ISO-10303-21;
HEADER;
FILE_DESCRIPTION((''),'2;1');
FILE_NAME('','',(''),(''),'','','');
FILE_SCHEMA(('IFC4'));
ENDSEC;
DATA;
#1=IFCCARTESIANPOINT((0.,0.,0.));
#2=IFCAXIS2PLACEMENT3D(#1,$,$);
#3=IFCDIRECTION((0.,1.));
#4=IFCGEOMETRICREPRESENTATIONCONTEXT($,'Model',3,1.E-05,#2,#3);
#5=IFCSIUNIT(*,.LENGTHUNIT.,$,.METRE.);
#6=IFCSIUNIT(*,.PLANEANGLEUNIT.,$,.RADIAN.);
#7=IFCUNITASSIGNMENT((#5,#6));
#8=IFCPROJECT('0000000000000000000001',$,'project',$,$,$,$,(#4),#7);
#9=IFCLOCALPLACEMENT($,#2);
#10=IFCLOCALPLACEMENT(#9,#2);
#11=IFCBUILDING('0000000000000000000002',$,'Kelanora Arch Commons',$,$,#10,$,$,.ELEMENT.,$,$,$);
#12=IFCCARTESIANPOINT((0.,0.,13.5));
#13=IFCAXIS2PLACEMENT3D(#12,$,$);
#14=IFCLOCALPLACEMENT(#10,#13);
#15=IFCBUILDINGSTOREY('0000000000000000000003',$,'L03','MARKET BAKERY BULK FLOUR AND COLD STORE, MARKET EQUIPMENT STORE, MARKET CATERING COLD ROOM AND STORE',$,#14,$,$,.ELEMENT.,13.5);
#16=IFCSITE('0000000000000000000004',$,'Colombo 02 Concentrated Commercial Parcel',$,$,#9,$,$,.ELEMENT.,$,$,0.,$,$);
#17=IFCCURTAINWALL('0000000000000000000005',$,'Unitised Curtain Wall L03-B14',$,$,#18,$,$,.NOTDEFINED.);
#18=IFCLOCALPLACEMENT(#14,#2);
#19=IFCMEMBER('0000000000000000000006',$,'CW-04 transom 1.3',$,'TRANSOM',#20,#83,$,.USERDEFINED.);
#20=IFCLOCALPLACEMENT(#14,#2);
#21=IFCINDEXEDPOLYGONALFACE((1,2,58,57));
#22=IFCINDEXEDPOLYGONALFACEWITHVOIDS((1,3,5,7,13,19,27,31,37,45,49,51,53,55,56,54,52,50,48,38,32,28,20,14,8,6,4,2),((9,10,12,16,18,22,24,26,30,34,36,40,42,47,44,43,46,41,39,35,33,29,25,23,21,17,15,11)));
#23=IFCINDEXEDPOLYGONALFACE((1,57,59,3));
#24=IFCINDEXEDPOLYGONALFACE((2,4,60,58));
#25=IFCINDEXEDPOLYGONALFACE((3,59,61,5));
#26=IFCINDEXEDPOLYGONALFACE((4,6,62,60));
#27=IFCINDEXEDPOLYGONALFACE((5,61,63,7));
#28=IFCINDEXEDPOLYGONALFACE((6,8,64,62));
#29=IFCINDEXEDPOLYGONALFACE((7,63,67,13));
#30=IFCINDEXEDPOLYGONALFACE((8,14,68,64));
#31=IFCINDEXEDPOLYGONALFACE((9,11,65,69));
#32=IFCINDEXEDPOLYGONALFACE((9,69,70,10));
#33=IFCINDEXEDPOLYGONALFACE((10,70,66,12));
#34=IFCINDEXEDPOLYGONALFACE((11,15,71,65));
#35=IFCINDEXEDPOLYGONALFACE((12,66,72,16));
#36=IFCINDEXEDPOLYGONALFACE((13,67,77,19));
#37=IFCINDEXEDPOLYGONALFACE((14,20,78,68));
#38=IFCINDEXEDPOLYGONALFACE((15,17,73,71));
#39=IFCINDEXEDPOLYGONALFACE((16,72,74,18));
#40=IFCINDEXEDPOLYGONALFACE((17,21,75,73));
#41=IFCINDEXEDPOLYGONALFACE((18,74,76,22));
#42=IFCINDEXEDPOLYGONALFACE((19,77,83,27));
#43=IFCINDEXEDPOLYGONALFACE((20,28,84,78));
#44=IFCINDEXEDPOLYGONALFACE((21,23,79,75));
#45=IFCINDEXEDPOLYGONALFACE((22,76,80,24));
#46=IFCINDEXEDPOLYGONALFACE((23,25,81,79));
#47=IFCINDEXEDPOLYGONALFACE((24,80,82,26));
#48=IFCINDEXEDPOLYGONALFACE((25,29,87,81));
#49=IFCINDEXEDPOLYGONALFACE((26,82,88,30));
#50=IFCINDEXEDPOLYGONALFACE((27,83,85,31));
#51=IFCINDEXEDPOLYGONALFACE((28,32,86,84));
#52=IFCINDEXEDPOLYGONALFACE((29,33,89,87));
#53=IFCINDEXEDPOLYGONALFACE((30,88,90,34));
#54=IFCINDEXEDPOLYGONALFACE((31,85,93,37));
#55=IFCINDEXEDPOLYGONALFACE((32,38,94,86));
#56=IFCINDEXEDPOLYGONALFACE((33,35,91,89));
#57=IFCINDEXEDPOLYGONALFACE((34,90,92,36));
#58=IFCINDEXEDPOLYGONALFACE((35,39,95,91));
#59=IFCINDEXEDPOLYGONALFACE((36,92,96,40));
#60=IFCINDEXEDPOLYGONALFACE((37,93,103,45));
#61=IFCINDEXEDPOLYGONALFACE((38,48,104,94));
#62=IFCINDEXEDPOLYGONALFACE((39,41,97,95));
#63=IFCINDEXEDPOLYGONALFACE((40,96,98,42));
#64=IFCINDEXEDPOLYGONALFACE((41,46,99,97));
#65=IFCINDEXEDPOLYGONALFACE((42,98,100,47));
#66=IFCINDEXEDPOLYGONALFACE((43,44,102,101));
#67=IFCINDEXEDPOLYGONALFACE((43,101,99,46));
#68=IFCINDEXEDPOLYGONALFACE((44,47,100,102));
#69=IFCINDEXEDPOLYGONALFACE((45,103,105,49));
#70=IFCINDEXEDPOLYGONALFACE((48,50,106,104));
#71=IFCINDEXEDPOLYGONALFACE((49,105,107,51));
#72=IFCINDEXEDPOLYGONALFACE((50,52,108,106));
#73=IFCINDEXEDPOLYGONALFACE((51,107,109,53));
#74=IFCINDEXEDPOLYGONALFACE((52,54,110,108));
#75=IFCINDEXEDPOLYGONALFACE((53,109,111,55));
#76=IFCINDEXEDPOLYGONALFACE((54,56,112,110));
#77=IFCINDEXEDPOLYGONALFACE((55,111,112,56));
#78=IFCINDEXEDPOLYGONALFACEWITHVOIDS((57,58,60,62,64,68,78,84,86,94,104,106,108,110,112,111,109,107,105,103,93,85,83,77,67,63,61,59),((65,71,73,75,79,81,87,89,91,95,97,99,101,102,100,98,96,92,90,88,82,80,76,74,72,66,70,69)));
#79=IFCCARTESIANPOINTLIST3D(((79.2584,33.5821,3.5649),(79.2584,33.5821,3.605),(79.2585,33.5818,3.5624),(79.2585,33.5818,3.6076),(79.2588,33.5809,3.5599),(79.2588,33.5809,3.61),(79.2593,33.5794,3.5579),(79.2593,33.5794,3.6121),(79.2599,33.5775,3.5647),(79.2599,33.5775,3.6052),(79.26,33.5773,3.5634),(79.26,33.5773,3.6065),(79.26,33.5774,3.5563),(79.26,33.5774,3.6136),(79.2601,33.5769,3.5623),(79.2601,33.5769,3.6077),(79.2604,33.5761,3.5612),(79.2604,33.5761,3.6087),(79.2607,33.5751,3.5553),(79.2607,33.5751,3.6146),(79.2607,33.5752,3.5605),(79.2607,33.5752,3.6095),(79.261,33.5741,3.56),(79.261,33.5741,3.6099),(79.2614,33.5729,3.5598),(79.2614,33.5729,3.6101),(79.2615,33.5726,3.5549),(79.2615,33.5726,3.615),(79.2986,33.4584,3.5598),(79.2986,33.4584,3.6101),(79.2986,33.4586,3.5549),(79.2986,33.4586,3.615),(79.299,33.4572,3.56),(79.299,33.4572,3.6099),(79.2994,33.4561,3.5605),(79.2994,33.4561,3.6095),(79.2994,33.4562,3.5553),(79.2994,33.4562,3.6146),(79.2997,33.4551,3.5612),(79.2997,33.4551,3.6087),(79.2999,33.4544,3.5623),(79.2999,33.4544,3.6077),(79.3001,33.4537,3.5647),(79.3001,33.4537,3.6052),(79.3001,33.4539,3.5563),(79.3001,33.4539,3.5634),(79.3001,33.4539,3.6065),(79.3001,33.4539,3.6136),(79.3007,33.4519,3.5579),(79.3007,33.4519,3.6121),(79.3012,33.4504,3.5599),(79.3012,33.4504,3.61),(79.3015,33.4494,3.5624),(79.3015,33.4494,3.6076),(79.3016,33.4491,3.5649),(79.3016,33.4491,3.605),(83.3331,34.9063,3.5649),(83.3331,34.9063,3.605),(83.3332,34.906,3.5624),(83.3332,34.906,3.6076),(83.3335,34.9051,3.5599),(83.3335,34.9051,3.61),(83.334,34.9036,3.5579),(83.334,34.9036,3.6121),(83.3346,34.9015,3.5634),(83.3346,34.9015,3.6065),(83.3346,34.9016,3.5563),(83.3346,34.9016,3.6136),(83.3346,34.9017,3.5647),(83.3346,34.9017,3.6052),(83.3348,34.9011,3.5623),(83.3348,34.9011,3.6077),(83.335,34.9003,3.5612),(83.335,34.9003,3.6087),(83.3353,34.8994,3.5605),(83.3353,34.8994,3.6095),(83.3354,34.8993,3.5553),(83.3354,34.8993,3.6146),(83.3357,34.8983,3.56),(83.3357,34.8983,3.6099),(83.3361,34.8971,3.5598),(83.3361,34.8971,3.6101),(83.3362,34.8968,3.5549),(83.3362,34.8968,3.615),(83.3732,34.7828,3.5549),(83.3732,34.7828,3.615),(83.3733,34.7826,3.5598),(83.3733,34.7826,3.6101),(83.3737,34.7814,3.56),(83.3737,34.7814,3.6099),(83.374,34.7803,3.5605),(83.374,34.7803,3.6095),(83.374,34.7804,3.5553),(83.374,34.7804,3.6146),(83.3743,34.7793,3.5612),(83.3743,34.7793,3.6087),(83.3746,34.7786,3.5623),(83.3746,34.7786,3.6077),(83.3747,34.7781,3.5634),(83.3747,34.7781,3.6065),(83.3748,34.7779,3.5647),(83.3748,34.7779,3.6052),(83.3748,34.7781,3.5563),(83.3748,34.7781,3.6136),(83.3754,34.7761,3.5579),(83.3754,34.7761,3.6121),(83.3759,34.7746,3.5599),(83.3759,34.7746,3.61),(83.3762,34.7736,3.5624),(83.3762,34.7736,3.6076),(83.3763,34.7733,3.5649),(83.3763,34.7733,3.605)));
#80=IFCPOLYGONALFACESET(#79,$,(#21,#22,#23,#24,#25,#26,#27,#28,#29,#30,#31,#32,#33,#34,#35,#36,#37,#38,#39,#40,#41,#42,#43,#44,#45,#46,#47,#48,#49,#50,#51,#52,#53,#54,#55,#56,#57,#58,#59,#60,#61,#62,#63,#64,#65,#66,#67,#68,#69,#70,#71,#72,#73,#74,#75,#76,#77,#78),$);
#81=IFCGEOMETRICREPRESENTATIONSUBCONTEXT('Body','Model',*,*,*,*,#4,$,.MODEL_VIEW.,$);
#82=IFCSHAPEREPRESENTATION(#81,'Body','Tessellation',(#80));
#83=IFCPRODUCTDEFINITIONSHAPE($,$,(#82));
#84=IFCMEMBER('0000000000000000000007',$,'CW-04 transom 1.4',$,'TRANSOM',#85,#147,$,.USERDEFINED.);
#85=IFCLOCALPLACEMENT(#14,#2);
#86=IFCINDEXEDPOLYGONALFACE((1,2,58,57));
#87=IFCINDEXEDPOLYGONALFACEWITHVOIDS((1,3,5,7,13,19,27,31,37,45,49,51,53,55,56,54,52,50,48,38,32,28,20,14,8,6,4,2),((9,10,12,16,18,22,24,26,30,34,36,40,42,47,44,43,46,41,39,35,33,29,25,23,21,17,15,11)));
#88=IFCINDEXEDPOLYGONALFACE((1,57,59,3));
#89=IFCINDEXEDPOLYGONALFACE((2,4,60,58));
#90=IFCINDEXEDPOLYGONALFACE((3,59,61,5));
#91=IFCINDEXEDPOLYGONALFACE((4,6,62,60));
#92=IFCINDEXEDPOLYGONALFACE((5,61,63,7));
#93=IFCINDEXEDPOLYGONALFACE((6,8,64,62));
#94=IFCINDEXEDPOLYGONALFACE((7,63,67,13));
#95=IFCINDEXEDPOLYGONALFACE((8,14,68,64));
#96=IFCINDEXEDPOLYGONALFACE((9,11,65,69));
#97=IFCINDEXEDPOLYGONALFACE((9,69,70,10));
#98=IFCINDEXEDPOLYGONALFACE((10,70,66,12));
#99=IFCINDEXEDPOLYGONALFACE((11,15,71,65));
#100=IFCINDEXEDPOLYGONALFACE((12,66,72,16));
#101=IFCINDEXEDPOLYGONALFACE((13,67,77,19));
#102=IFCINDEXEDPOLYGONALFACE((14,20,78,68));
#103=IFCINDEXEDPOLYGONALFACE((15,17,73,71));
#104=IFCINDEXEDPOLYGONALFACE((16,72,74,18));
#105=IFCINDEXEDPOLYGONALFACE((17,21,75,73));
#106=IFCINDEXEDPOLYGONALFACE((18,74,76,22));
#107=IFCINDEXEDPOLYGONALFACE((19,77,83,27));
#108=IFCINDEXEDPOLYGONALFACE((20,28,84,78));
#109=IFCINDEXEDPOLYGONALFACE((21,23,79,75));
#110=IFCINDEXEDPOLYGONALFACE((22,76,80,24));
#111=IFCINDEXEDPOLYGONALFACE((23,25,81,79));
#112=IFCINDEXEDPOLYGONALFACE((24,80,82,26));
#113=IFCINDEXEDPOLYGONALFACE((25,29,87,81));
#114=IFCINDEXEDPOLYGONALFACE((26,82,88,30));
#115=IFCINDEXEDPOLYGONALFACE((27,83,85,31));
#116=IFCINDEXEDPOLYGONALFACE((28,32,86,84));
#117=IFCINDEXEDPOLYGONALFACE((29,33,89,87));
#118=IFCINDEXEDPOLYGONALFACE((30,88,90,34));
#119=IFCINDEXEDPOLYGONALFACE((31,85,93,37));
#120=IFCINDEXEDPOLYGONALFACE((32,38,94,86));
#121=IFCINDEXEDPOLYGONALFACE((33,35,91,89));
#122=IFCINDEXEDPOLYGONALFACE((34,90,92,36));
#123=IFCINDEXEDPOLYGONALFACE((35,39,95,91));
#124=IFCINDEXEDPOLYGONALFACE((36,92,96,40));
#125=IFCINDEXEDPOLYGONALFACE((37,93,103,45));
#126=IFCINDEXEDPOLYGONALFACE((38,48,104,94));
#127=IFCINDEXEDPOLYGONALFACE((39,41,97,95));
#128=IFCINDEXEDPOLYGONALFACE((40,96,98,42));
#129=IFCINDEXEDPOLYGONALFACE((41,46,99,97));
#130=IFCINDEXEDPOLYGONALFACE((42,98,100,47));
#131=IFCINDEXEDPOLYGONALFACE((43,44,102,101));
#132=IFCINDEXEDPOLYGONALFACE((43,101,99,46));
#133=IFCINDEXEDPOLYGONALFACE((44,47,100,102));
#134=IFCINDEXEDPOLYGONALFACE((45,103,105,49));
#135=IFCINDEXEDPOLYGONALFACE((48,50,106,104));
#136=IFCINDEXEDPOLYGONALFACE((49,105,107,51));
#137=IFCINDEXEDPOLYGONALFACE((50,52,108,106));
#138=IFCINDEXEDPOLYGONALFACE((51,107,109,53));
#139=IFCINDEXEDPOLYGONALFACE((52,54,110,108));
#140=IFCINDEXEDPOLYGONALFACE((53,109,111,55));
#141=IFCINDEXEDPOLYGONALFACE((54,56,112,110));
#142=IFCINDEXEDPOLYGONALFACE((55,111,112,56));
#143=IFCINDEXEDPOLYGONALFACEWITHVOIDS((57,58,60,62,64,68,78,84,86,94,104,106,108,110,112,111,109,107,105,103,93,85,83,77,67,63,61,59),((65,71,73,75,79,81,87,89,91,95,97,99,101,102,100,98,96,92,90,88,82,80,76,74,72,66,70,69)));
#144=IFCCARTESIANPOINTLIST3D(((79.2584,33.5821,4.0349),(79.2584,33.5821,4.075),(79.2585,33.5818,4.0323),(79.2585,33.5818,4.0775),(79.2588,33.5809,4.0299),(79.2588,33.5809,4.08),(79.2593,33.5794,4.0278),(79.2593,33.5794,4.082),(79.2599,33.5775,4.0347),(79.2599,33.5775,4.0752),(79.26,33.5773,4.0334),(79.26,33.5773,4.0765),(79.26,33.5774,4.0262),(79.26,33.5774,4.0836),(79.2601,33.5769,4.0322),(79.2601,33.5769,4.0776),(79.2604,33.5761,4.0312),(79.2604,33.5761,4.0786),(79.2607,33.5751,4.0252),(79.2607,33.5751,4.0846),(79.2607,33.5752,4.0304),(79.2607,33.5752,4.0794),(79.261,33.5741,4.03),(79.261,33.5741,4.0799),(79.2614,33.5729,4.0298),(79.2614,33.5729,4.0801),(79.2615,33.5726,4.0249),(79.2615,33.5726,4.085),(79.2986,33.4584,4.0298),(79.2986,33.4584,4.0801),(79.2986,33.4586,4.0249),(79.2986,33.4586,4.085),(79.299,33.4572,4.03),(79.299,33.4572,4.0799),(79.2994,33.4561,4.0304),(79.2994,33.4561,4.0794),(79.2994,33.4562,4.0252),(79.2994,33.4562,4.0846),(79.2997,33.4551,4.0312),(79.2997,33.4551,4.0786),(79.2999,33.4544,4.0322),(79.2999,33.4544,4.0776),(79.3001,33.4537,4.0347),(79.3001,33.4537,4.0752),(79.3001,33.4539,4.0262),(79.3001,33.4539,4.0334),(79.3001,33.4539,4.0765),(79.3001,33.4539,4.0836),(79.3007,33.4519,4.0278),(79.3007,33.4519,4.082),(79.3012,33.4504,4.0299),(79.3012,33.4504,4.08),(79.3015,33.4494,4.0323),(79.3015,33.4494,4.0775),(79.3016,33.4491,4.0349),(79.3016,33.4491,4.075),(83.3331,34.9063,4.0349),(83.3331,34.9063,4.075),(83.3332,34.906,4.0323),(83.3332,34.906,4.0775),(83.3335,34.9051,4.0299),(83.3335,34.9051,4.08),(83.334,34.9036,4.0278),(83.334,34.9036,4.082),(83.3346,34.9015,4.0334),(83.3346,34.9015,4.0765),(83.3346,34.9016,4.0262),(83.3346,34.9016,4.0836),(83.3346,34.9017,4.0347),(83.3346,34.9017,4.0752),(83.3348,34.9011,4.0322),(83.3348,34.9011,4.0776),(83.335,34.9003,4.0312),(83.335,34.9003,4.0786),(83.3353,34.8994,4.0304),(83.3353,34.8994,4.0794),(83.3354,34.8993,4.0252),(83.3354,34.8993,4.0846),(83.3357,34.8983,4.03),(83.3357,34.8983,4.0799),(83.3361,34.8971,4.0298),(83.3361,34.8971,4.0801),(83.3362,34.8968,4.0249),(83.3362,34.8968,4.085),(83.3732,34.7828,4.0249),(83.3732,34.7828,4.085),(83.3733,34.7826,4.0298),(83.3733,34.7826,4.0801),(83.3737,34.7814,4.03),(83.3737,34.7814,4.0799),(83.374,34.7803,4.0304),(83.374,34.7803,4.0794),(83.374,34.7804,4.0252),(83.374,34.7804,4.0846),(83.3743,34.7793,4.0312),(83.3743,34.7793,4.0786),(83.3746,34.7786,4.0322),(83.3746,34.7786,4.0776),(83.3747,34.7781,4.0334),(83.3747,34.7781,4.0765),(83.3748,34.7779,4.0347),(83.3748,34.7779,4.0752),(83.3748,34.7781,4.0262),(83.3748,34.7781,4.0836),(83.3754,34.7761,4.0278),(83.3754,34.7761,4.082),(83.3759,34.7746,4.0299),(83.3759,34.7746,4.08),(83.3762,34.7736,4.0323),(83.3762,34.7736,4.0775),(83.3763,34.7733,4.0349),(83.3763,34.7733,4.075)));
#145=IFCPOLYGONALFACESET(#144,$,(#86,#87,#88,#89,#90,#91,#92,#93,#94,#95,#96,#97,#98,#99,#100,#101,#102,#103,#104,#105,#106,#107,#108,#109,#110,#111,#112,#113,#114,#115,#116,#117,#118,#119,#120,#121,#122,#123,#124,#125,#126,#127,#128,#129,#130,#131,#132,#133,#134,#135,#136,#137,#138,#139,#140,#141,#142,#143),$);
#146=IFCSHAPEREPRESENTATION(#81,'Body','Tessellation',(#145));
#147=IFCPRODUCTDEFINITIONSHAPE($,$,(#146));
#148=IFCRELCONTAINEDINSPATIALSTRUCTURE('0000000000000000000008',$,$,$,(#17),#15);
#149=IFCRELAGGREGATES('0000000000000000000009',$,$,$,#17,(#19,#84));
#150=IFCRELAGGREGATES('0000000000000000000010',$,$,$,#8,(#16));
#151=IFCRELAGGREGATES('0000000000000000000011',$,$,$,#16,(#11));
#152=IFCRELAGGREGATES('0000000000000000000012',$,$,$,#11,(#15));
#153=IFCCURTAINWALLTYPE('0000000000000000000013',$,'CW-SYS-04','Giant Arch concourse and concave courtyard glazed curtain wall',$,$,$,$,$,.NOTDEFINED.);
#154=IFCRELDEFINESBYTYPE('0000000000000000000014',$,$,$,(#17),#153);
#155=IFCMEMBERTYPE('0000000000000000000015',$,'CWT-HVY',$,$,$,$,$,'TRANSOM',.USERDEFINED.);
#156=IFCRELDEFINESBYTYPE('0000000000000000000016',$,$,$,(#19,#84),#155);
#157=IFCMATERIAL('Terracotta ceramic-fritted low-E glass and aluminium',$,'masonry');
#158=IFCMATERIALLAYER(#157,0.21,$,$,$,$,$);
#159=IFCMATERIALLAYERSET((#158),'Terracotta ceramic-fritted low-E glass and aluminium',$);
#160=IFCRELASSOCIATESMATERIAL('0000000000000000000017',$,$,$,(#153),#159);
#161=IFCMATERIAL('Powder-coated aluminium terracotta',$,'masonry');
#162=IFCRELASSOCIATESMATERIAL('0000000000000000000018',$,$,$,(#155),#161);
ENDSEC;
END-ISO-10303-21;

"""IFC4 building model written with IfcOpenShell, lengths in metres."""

from ifc_helpers import new_model, si_unit, direction, frame, origin, origin_2d, place, context, subcontext, project, spatial, hollow_rectangle, extrude, material, layer, layer_set, material_profile, profile_set, type_object, element, aggregate, save


model = new_model("IFC4")

# Units and contexts
model_context = context("Model", 3, precision=1e-05, world=origin(), true_north=direction((0.0, 1.0)))
body_context = subcontext(model_context, "Body", "Model", "MODEL_VIEW")
ifc_project = project(units=[si_unit("LENGTHUNIT", "METRE"), si_unit("PLANEANGLEUNIT", "RADIAN")], contexts=[model_context])

# Site, building, storey
site_placement = place(None, origin())
site = spatial("IfcSite", under=ifc_project, at=site_placement, Name="Colombo 02 Concentrated Commercial Parcel", CompositionType="ELEMENT", RefElevation=0.0)
building_placement = place(site_placement, origin())
building = spatial("IfcBuilding", under=site, at=building_placement, Name="Kelanora Arch Commons", CompositionType="ELEMENT")
storey_placement = place(building_placement, frame((0.0, 0.0, 13.5)))
storey = spatial("IfcBuildingStorey", under=building, at=storey_placement, Name="L03", Description="MARKET BAKERY BULK FLOUR AND COLD STORE, MARKET EQUIPMENT STORE, MARKET CATERING COLD ROOM AND STORE", CompositionType="ELEMENT", Elevation=13.5)

# Curtain wall, members
ifc_material_1 = material(Name="Terracotta ceramic-fritted low-E glass and aluminium", Category="masonry")
ifc_layer_1 = layer(ifc_material_1, 0.21)
ifc_layer_set_1 = layer_set([ifc_layer_1], Name="Terracotta ceramic-fritted low-E glass and aluminium")
curtain_wall_type = type_object("IfcCurtainWallType", Name="CW-SYS-04", Description="Giant Arch concourse and concave courtyard glazed curtain wall", PredefinedType="NOTDEFINED", material=ifc_layer_set_1)
curtain_wall_placement = place(storey_placement, origin())
curtain_wall = element("IfcCurtainWall", 1, at=curtain_wall_placement, inside=storey, type_object=curtain_wall_type, Name="Unitised Curtain Wall L03-B14", PredefinedType="NOTDEFINED")
ifc_material_2 = material(Name="Powder-coated aluminium terracotta", Category="masonry")
ifc_material_profile_1 = material_profile(ifc_material_2, hollow_rectangle(XDim=0.1399, YDim=0.0601, WallThickness=0.0049, InnerFilletRadius=0.0049, OuterFilletRadius=0.01, at=origin_2d()), Name="CWT140x60")
ifc_profile_set_1 = profile_set([ifc_material_profile_1], Name="Powder-coated aluminium terracotta")
member_type_1 = type_object("IfcMemberType", Name="CWT-HVY", ElementType="TRANSOM", PredefinedType="USERDEFINED", material=ifc_profile_set_1)
member_1_placement = place(storey_placement, frame((79.28, 33.5156, 3.585), z_axis=(0.951038, 0.309073, 0.0), x_axis=(-0.309073, 0.951038, 0.0)))
member_1 = element("IfcMember", 2, at=member_1_placement, type_object=member_type_1, Name="CW-04 transom 1.3", ObjectType="TRANSOM", PredefinedType="USERDEFINED", context=body_context, shape_type="SweptSolid", body=[
    extrude(hollow_rectangle(XDim=0.1399, YDim=0.0601, WallThickness=0.0049, InnerFilletRadius=0.0049, OuterFilletRadius=0.01, at=origin_2d()), origin(), (0.0, 0.0, 1.0), 4.2844),
])
member_2_placement = place(storey_placement, frame((79.28, 33.5156, 4.0549), z_axis=(0.951038, 0.309073, 0.0), x_axis=(-0.309073, 0.951038, 0.0)))
member_2 = element("IfcMember", 3, at=member_2_placement, type_object=member_type_1, Name="CW-04 transom 1.4", ObjectType="TRANSOM", PredefinedType="USERDEFINED", context=body_context, shape_type="SweptSolid", body=[
    extrude(hollow_rectangle(XDim=0.1399, YDim=0.0601, WallThickness=0.0049, InnerFilletRadius=0.0049, OuterFilletRadius=0.01, at=origin_2d()), origin(), (0.0, 0.0, 1.0), 4.2844),
])
aggregate(curtain_wall, [member_1, member_2])

save(model, "model.ifc")
